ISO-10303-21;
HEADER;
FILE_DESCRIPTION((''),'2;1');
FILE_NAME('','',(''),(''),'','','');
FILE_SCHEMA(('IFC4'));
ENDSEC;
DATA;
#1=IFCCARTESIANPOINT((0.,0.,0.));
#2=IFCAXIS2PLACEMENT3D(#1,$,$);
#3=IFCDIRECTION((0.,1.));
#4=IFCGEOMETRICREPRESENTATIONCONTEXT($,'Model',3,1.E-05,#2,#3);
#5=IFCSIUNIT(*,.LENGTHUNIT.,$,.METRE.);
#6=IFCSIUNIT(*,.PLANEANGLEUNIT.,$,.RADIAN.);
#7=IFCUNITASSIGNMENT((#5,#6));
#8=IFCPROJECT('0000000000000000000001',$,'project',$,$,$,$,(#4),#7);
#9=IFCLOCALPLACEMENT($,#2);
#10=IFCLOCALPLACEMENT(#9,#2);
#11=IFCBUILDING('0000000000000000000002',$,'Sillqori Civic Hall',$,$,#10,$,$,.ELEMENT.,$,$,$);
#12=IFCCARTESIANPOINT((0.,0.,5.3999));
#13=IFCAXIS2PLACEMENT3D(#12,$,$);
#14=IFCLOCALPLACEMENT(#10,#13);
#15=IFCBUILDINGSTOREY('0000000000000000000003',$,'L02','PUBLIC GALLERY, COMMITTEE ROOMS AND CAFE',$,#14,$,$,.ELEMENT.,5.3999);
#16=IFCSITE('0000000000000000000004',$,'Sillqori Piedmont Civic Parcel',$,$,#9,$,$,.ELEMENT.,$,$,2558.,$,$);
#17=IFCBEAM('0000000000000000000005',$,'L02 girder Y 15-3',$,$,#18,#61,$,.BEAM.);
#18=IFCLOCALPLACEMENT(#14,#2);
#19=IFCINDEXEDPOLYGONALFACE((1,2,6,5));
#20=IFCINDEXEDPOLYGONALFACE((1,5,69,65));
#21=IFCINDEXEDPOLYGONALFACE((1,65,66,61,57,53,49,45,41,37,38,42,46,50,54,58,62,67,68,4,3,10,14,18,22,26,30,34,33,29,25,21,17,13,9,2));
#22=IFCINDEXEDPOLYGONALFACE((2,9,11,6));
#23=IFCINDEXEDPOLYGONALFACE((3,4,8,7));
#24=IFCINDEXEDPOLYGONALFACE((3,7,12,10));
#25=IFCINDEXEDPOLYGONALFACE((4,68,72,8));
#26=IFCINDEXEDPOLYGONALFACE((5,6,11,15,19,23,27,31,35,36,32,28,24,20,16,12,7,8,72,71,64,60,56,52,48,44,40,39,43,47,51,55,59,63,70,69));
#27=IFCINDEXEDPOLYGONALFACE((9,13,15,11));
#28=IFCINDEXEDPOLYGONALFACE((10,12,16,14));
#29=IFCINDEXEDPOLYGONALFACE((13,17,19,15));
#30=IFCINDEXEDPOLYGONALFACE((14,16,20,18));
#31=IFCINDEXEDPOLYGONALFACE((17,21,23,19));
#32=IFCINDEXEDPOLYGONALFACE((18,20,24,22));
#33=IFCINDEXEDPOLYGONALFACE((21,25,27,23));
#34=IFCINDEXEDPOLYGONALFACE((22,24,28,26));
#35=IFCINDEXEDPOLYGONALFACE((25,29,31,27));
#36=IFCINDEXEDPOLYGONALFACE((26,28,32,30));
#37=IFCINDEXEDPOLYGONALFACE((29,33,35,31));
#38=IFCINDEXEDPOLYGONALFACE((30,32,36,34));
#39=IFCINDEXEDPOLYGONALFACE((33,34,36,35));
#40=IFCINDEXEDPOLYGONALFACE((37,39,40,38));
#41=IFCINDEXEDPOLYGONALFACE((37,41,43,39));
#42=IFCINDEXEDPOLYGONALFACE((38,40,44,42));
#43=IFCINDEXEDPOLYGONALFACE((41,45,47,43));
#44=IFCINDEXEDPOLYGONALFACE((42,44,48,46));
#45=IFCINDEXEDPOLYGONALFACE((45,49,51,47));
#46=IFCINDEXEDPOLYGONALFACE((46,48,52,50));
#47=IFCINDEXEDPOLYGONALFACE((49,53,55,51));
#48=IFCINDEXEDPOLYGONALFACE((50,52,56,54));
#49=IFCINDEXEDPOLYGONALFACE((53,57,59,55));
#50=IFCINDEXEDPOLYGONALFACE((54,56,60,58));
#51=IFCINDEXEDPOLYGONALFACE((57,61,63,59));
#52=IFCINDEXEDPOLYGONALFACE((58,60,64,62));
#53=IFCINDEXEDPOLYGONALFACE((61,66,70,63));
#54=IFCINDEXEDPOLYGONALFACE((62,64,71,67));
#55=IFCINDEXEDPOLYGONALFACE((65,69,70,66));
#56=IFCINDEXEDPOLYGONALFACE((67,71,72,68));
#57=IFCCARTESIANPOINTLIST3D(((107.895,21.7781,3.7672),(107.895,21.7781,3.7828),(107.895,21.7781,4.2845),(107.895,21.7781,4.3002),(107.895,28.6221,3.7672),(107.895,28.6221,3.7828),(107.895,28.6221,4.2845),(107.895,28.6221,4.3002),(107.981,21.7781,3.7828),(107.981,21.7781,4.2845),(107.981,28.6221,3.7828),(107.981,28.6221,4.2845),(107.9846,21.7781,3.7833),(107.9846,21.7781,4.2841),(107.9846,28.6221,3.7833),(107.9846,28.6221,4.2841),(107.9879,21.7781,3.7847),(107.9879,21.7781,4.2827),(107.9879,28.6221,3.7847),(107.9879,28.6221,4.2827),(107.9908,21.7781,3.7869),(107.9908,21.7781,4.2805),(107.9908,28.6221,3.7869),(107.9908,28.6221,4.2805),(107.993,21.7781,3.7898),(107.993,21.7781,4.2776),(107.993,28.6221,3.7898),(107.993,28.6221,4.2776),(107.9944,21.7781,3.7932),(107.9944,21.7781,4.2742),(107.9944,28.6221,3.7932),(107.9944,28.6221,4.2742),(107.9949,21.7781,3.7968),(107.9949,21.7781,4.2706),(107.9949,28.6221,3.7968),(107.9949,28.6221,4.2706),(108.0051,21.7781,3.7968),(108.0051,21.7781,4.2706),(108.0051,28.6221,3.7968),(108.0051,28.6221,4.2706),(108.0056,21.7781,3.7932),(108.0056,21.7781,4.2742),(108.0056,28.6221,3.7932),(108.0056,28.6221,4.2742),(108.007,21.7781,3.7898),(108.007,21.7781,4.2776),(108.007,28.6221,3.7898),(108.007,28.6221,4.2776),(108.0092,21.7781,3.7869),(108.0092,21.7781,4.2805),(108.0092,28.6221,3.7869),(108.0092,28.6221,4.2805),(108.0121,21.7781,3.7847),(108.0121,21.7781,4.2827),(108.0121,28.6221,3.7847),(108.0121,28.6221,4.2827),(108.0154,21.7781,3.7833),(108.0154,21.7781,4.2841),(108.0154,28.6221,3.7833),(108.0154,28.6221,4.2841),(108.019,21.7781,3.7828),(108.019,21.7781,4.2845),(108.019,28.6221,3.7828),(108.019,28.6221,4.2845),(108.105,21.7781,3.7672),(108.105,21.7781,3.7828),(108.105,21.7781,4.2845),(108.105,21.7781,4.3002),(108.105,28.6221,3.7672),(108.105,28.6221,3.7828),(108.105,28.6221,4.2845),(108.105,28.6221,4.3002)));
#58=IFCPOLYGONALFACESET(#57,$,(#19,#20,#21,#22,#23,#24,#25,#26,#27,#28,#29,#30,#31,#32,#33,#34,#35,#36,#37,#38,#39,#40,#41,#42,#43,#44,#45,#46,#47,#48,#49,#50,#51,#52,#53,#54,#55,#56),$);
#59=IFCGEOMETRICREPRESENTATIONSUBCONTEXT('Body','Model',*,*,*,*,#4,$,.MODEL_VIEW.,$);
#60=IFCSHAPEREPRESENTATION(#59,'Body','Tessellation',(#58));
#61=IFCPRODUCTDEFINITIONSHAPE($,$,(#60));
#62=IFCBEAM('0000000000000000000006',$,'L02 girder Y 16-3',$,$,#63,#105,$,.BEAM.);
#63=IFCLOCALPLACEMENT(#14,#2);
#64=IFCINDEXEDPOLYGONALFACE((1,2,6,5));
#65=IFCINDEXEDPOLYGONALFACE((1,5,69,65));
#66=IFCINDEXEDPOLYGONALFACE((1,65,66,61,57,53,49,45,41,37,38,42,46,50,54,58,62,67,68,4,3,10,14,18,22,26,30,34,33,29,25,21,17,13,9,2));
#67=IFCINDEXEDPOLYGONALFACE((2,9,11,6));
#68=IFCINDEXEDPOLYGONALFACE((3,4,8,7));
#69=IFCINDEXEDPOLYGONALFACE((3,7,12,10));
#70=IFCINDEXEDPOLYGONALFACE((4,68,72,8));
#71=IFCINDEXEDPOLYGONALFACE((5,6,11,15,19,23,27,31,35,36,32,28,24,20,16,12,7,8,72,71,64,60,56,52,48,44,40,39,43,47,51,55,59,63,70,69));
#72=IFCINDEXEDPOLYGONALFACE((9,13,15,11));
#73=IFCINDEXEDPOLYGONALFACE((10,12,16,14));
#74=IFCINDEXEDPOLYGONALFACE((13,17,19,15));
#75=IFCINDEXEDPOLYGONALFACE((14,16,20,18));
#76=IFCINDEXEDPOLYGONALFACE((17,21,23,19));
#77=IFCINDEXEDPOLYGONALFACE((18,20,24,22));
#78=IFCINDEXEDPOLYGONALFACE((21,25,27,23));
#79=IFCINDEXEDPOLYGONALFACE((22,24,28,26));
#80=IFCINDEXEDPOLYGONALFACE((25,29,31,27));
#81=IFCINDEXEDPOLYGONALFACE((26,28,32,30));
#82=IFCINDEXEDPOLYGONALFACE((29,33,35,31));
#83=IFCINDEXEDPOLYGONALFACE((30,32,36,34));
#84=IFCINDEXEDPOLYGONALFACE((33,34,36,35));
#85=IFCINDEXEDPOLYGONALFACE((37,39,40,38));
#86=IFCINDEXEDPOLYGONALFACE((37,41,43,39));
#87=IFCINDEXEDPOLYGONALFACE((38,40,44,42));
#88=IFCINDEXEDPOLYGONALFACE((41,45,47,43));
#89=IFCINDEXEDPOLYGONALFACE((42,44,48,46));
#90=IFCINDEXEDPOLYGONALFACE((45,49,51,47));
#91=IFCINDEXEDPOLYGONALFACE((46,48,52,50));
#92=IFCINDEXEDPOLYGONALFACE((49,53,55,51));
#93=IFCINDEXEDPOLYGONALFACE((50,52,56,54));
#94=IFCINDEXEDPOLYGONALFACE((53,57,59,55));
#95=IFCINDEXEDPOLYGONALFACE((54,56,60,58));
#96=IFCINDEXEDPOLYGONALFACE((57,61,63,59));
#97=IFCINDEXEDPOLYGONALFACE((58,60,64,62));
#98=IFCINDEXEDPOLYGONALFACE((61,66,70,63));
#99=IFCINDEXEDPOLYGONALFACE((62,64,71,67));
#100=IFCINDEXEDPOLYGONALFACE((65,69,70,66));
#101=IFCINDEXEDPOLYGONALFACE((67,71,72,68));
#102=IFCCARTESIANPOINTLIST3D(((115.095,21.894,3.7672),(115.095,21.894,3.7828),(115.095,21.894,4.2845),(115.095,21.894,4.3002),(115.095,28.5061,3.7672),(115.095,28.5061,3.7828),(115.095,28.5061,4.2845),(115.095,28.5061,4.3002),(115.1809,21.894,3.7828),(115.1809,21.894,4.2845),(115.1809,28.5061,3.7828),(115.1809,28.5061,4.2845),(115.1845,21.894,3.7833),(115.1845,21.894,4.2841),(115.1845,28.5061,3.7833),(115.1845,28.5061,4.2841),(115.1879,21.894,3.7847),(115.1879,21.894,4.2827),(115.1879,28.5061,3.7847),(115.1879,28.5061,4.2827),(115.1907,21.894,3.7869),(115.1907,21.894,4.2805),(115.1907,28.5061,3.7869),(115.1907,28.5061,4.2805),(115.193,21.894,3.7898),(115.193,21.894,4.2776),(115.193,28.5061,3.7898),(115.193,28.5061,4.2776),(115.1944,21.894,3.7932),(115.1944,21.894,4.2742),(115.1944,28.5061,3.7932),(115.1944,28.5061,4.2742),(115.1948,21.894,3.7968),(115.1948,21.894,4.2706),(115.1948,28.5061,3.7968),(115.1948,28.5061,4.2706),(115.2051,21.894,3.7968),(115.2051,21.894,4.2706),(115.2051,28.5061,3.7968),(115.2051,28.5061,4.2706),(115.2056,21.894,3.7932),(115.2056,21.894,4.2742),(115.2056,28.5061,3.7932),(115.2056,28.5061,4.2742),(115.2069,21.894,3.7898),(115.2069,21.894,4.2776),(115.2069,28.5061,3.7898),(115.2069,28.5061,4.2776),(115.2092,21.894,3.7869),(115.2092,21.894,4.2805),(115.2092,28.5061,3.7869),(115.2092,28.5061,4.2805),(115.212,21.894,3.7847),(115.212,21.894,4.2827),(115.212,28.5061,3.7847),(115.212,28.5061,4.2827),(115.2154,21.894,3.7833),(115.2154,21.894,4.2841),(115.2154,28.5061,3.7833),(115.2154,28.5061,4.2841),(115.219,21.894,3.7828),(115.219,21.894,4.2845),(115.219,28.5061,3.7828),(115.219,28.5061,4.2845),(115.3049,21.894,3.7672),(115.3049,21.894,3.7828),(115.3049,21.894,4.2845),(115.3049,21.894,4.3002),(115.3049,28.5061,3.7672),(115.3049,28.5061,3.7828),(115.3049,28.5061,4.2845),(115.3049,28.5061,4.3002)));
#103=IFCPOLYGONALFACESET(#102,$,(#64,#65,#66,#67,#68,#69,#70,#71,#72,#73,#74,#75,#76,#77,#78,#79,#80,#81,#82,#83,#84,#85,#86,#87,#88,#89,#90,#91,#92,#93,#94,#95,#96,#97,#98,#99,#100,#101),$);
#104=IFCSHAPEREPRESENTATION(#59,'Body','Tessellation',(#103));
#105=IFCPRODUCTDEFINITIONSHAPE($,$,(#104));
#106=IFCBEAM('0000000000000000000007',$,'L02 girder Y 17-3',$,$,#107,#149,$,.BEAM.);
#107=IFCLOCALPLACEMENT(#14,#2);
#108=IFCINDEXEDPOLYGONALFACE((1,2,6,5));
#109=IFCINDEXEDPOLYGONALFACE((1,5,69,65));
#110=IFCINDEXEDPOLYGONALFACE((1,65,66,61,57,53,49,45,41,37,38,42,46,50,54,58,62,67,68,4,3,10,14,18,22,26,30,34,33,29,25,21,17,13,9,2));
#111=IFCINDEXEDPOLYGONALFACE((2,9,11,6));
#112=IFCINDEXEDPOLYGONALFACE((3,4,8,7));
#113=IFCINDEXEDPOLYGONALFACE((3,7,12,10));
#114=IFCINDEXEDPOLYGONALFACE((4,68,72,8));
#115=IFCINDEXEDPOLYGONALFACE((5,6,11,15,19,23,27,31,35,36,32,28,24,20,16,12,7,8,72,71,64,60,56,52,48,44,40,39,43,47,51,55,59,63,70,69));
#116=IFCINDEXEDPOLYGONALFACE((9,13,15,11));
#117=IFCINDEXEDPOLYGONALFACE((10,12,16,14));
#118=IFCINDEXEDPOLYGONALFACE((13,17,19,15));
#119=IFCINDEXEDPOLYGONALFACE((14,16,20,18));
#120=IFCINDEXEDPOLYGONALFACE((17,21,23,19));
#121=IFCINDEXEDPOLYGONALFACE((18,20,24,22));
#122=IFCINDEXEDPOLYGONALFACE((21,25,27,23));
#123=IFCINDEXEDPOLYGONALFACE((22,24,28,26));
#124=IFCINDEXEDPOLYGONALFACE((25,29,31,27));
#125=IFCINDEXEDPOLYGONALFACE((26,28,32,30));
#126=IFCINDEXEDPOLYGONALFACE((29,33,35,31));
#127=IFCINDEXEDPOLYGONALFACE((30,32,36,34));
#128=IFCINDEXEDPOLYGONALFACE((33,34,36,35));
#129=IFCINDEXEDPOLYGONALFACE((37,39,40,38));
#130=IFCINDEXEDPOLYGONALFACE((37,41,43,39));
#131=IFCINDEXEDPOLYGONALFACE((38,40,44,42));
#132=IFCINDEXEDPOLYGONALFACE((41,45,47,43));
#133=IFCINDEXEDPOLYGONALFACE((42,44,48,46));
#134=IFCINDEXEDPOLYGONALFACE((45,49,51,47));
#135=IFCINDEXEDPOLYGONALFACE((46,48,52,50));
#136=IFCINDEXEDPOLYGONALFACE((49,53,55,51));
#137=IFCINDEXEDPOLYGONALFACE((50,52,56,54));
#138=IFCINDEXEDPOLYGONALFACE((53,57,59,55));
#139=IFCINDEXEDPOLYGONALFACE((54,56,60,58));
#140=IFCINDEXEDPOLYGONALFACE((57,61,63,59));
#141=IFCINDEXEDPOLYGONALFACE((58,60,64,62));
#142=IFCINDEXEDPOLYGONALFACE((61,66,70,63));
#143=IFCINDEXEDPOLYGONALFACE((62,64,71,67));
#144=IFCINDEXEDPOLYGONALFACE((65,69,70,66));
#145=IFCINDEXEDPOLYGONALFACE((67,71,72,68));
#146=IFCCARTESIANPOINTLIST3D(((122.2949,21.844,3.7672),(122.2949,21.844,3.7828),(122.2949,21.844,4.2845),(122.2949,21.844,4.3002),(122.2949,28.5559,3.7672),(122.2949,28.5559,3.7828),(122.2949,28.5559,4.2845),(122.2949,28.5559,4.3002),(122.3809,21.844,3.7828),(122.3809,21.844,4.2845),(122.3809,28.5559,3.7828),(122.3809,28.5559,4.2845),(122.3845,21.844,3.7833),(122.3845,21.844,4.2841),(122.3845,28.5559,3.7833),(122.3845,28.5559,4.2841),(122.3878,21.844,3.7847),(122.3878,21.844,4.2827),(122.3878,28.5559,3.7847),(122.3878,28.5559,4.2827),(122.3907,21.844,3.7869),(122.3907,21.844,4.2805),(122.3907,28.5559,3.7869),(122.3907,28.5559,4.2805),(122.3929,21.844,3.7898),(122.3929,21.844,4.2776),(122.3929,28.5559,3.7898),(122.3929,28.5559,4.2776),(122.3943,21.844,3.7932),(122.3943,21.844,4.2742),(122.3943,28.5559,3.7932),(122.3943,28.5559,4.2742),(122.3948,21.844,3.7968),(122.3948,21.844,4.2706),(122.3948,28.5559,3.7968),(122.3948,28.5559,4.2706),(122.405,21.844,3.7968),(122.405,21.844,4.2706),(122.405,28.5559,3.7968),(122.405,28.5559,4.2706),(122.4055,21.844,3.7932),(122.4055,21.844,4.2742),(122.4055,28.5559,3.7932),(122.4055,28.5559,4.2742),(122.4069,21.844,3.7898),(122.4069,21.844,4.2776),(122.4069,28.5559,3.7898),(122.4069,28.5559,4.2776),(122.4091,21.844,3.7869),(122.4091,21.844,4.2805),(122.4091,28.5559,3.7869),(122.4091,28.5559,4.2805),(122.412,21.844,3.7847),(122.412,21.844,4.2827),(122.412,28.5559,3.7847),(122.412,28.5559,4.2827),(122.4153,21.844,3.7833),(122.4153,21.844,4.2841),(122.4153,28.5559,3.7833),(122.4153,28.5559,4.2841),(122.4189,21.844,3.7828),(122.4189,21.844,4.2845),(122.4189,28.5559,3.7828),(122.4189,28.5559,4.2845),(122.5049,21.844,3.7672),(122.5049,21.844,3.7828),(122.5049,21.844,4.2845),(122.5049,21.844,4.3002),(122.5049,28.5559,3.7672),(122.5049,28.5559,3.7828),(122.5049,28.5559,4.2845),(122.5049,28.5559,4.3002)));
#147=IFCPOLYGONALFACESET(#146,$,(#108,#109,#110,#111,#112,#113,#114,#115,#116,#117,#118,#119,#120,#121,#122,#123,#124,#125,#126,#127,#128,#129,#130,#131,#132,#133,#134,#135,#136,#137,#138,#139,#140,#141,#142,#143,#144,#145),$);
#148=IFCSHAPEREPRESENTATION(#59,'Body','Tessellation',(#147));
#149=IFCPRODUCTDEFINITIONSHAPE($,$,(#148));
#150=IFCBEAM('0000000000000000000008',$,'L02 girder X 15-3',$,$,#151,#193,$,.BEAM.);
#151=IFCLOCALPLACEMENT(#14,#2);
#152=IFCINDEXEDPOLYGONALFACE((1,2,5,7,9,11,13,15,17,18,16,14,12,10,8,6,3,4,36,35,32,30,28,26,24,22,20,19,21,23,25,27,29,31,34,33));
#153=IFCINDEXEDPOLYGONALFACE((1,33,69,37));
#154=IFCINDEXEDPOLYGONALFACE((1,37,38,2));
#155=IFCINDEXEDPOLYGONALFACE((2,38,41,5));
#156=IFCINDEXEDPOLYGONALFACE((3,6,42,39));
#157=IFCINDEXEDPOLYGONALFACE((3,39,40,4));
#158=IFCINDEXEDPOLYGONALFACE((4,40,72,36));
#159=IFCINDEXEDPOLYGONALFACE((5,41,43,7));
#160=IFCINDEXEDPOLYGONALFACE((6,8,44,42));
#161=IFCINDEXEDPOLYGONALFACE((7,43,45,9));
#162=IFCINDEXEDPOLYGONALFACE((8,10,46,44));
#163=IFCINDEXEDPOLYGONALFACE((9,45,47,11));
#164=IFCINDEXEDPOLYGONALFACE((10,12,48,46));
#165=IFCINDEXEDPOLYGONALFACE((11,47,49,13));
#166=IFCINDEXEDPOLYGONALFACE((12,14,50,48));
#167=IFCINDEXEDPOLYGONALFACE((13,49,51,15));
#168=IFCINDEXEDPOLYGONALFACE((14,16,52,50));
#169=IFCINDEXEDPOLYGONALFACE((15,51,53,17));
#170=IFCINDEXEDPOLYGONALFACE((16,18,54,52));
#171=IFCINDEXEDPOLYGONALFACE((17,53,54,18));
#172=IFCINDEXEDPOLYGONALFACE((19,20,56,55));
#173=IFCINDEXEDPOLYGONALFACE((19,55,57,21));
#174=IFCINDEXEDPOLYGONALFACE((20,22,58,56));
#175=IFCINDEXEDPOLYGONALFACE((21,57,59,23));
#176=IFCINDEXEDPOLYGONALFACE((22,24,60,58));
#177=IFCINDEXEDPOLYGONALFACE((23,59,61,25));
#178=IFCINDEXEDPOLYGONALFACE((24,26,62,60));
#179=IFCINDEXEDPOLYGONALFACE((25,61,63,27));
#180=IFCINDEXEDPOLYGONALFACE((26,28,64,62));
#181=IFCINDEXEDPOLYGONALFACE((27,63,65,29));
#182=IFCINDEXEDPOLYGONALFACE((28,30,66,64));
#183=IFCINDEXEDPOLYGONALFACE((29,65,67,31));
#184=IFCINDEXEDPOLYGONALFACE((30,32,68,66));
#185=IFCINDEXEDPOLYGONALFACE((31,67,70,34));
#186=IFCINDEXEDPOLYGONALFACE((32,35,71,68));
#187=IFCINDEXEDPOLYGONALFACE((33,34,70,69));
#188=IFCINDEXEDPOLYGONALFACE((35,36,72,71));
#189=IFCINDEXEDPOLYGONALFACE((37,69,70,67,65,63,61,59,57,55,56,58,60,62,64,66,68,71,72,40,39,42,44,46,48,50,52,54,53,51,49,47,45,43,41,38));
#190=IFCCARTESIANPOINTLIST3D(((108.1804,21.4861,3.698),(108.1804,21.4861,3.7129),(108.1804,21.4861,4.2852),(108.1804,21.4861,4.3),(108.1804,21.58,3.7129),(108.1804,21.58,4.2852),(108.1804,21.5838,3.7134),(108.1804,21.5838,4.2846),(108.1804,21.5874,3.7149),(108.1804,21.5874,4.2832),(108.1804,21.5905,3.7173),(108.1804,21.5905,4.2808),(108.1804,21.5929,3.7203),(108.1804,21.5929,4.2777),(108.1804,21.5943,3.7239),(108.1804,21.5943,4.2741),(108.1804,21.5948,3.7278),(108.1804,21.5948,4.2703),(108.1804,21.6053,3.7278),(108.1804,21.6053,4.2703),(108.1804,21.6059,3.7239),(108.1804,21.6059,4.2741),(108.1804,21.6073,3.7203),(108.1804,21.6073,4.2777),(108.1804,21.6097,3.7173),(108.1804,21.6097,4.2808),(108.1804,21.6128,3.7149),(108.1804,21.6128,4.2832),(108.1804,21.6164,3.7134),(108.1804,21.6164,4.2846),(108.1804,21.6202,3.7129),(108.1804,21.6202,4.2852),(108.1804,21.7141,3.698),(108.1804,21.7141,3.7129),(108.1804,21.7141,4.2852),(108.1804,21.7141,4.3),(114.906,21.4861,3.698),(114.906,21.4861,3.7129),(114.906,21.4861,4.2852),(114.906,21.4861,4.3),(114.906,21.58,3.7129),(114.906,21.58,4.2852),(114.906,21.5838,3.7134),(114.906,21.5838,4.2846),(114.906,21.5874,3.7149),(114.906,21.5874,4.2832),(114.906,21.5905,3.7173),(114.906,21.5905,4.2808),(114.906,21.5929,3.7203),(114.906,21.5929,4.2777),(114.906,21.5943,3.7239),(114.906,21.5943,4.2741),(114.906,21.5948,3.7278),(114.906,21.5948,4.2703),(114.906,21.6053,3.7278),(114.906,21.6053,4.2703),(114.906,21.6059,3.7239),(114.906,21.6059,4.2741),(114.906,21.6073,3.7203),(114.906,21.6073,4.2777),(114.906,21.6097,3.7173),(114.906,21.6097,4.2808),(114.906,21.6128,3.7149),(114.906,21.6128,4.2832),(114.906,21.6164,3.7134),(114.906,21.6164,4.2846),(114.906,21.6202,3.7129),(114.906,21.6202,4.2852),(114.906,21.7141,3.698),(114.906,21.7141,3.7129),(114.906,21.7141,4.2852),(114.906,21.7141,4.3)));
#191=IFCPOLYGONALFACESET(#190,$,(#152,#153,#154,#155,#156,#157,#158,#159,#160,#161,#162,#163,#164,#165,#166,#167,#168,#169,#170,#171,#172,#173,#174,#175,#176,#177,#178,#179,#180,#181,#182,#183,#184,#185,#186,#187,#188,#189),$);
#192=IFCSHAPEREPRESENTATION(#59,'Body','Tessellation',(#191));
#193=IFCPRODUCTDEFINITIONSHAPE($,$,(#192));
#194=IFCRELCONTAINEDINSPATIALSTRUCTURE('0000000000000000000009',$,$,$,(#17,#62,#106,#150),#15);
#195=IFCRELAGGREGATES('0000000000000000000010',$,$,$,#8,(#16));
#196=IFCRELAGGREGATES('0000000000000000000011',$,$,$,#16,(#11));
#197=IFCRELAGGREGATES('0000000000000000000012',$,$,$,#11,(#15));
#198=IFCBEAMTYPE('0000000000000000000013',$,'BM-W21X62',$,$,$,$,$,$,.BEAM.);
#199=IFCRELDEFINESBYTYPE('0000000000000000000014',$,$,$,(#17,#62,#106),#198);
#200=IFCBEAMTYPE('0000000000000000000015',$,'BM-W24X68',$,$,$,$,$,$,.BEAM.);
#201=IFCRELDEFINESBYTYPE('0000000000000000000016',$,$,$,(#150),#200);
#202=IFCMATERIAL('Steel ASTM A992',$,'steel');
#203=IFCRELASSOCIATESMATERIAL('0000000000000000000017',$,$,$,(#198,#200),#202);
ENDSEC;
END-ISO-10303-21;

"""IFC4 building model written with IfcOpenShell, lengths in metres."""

from ifc_helpers import new_model, si_unit, direction, frame, origin, origin_2d, place, context, subcontext, project, spatial, i_section, extrude, material, material_profile, profile_set, type_object, element, save


model = new_model("IFC4")

# Units and contexts
model_context = context("Model", 3, precision=1e-05, world=origin(), true_north=direction((0.0, 1.0)))
body_context = subcontext(model_context, "Body", "Model", "MODEL_VIEW")
ifc_project = project(units=[si_unit("LENGTHUNIT", "METRE"), si_unit("PLANEANGLEUNIT", "RADIAN")], contexts=[model_context])

# Site, building, storey
site_placement = place(None, origin())
site = spatial("IfcSite", under=ifc_project, at=site_placement, Name="Sillqori Piedmont Civic Parcel", CompositionType="ELEMENT", RefElevation=2558.0)
building_placement = place(site_placement, origin())
building = spatial("IfcBuilding", under=site, at=building_placement, Name="Sillqori Civic Hall", CompositionType="ELEMENT")
storey_placement = place(building_placement, frame((0.0, 0.0, 5.3999)))
storey = spatial("IfcBuildingStorey", under=building, at=storey_placement, Name="L02", Description="PUBLIC GALLERY, COMMITTEE ROOMS AND CAFE", CompositionType="ELEMENT", Elevation=5.3999)

# Shared definitions
ifc_material_1 = material(Name="Steel ASTM A992", Category="steel")

# Beams
ifc_material_profile_1 = material_profile(ifc_material_1, i_section(OverallWidth=0.21, OverallDepth=0.533, WebThickness=0.0103, FlangeThickness=0.0156, FilletRadius=0.0139, at=origin_2d()), Name="W21X62")
ifc_profile_set_1 = profile_set([ifc_material_profile_1], Name="Steel ASTM A992")
beam_type_1 = type_object("IfcBeamType", Name="BM-W21X62", PredefinedType="BEAM", material=ifc_profile_set_1)
beam_1_placement = place(storey_placement, frame((108.0, 21.7781, 4.0337), z_axis=(0.0, 1.0, 0.0), x_axis=(-1.0, 0.0, 0.0)))
element("IfcBeam", 1, at=beam_1_placement, inside=storey, type_object=beam_type_1, Name="L02 girder Y 15-3", PredefinedType="BEAM", context=body_context, shape_type="SweptSolid", body=[
    extrude(i_section(OverallWidth=0.21, OverallDepth=0.533, WebThickness=0.0103, FlangeThickness=0.0156, FilletRadius=0.0139, at=origin_2d()), origin(), (0.0, 0.0, 1.0), 6.844),
])
beam_2_placement = place(storey_placement, frame((115.2, 21.894, 4.0337), z_axis=(0.0, 1.0, 0.0), x_axis=(-1.0, 0.0, 0.0)))
element("IfcBeam", 2, at=beam_2_placement, inside=storey, type_object=beam_type_1, Name="L02 girder Y 16-3", PredefinedType="BEAM", context=body_context, shape_type="SweptSolid", body=[
    extrude(i_section(OverallWidth=0.21, OverallDepth=0.533, WebThickness=0.0103, FlangeThickness=0.0156, FilletRadius=0.0139, at=origin_2d()), origin(), (0.0, 0.0, 1.0), 6.6121),
])
beam_3_placement = place(storey_placement, frame((122.3999, 21.844, 4.0337), z_axis=(0.0, 1.0, 0.0), x_axis=(-1.0, 0.0, 0.0)))
element("IfcBeam", 3, at=beam_3_placement, inside=storey, type_object=beam_type_1, Name="L02 girder Y 17-3", PredefinedType="BEAM", context=body_context, shape_type="SweptSolid", body=[
    extrude(i_section(OverallWidth=0.21, OverallDepth=0.533, WebThickness=0.0103, FlangeThickness=0.0156, FilletRadius=0.0139, at=origin_2d()), origin(), (0.0, 0.0, 1.0), 6.7119),
])
ifc_material_profile_2 = material_profile(ifc_material_1, i_section(OverallWidth=0.228, OverallDepth=0.6021, WebThickness=0.0105, FlangeThickness=0.0149, FilletRadius=0.0149, at=origin_2d()), Name="W24X68")
ifc_profile_set_2 = profile_set([ifc_material_profile_2], Name="Steel ASTM A992")
beam_type_2 = type_object("IfcBeamType", Name="BM-W24X68", PredefinedType="BEAM", material=ifc_profile_set_2)
for number, where, z_axis, x_axis, name in (
    (4, (108.1804, 21.6001, 3.999), (1.0, 0.0, 0.0), (0.0, 1.0, 0.0), "L02 girder X 15-3"),
):
    element("IfcBeam", number, at=place(storey_placement, frame(where, z_axis=z_axis, x_axis=x_axis)), inside=storey, type_object=beam_type_2, Name=name, PredefinedType="BEAM", context=body_context, shape_type="SweptSolid", body=[
        extrude(i_section(OverallWidth=0.228, OverallDepth=0.6021, WebThickness=0.0105, FlangeThickness=0.0149, FilletRadius=0.0149, at=origin_2d()), origin(), (0.0, 0.0, 1.0), 6.7256),
    ])

save(model, "model.ifc")
